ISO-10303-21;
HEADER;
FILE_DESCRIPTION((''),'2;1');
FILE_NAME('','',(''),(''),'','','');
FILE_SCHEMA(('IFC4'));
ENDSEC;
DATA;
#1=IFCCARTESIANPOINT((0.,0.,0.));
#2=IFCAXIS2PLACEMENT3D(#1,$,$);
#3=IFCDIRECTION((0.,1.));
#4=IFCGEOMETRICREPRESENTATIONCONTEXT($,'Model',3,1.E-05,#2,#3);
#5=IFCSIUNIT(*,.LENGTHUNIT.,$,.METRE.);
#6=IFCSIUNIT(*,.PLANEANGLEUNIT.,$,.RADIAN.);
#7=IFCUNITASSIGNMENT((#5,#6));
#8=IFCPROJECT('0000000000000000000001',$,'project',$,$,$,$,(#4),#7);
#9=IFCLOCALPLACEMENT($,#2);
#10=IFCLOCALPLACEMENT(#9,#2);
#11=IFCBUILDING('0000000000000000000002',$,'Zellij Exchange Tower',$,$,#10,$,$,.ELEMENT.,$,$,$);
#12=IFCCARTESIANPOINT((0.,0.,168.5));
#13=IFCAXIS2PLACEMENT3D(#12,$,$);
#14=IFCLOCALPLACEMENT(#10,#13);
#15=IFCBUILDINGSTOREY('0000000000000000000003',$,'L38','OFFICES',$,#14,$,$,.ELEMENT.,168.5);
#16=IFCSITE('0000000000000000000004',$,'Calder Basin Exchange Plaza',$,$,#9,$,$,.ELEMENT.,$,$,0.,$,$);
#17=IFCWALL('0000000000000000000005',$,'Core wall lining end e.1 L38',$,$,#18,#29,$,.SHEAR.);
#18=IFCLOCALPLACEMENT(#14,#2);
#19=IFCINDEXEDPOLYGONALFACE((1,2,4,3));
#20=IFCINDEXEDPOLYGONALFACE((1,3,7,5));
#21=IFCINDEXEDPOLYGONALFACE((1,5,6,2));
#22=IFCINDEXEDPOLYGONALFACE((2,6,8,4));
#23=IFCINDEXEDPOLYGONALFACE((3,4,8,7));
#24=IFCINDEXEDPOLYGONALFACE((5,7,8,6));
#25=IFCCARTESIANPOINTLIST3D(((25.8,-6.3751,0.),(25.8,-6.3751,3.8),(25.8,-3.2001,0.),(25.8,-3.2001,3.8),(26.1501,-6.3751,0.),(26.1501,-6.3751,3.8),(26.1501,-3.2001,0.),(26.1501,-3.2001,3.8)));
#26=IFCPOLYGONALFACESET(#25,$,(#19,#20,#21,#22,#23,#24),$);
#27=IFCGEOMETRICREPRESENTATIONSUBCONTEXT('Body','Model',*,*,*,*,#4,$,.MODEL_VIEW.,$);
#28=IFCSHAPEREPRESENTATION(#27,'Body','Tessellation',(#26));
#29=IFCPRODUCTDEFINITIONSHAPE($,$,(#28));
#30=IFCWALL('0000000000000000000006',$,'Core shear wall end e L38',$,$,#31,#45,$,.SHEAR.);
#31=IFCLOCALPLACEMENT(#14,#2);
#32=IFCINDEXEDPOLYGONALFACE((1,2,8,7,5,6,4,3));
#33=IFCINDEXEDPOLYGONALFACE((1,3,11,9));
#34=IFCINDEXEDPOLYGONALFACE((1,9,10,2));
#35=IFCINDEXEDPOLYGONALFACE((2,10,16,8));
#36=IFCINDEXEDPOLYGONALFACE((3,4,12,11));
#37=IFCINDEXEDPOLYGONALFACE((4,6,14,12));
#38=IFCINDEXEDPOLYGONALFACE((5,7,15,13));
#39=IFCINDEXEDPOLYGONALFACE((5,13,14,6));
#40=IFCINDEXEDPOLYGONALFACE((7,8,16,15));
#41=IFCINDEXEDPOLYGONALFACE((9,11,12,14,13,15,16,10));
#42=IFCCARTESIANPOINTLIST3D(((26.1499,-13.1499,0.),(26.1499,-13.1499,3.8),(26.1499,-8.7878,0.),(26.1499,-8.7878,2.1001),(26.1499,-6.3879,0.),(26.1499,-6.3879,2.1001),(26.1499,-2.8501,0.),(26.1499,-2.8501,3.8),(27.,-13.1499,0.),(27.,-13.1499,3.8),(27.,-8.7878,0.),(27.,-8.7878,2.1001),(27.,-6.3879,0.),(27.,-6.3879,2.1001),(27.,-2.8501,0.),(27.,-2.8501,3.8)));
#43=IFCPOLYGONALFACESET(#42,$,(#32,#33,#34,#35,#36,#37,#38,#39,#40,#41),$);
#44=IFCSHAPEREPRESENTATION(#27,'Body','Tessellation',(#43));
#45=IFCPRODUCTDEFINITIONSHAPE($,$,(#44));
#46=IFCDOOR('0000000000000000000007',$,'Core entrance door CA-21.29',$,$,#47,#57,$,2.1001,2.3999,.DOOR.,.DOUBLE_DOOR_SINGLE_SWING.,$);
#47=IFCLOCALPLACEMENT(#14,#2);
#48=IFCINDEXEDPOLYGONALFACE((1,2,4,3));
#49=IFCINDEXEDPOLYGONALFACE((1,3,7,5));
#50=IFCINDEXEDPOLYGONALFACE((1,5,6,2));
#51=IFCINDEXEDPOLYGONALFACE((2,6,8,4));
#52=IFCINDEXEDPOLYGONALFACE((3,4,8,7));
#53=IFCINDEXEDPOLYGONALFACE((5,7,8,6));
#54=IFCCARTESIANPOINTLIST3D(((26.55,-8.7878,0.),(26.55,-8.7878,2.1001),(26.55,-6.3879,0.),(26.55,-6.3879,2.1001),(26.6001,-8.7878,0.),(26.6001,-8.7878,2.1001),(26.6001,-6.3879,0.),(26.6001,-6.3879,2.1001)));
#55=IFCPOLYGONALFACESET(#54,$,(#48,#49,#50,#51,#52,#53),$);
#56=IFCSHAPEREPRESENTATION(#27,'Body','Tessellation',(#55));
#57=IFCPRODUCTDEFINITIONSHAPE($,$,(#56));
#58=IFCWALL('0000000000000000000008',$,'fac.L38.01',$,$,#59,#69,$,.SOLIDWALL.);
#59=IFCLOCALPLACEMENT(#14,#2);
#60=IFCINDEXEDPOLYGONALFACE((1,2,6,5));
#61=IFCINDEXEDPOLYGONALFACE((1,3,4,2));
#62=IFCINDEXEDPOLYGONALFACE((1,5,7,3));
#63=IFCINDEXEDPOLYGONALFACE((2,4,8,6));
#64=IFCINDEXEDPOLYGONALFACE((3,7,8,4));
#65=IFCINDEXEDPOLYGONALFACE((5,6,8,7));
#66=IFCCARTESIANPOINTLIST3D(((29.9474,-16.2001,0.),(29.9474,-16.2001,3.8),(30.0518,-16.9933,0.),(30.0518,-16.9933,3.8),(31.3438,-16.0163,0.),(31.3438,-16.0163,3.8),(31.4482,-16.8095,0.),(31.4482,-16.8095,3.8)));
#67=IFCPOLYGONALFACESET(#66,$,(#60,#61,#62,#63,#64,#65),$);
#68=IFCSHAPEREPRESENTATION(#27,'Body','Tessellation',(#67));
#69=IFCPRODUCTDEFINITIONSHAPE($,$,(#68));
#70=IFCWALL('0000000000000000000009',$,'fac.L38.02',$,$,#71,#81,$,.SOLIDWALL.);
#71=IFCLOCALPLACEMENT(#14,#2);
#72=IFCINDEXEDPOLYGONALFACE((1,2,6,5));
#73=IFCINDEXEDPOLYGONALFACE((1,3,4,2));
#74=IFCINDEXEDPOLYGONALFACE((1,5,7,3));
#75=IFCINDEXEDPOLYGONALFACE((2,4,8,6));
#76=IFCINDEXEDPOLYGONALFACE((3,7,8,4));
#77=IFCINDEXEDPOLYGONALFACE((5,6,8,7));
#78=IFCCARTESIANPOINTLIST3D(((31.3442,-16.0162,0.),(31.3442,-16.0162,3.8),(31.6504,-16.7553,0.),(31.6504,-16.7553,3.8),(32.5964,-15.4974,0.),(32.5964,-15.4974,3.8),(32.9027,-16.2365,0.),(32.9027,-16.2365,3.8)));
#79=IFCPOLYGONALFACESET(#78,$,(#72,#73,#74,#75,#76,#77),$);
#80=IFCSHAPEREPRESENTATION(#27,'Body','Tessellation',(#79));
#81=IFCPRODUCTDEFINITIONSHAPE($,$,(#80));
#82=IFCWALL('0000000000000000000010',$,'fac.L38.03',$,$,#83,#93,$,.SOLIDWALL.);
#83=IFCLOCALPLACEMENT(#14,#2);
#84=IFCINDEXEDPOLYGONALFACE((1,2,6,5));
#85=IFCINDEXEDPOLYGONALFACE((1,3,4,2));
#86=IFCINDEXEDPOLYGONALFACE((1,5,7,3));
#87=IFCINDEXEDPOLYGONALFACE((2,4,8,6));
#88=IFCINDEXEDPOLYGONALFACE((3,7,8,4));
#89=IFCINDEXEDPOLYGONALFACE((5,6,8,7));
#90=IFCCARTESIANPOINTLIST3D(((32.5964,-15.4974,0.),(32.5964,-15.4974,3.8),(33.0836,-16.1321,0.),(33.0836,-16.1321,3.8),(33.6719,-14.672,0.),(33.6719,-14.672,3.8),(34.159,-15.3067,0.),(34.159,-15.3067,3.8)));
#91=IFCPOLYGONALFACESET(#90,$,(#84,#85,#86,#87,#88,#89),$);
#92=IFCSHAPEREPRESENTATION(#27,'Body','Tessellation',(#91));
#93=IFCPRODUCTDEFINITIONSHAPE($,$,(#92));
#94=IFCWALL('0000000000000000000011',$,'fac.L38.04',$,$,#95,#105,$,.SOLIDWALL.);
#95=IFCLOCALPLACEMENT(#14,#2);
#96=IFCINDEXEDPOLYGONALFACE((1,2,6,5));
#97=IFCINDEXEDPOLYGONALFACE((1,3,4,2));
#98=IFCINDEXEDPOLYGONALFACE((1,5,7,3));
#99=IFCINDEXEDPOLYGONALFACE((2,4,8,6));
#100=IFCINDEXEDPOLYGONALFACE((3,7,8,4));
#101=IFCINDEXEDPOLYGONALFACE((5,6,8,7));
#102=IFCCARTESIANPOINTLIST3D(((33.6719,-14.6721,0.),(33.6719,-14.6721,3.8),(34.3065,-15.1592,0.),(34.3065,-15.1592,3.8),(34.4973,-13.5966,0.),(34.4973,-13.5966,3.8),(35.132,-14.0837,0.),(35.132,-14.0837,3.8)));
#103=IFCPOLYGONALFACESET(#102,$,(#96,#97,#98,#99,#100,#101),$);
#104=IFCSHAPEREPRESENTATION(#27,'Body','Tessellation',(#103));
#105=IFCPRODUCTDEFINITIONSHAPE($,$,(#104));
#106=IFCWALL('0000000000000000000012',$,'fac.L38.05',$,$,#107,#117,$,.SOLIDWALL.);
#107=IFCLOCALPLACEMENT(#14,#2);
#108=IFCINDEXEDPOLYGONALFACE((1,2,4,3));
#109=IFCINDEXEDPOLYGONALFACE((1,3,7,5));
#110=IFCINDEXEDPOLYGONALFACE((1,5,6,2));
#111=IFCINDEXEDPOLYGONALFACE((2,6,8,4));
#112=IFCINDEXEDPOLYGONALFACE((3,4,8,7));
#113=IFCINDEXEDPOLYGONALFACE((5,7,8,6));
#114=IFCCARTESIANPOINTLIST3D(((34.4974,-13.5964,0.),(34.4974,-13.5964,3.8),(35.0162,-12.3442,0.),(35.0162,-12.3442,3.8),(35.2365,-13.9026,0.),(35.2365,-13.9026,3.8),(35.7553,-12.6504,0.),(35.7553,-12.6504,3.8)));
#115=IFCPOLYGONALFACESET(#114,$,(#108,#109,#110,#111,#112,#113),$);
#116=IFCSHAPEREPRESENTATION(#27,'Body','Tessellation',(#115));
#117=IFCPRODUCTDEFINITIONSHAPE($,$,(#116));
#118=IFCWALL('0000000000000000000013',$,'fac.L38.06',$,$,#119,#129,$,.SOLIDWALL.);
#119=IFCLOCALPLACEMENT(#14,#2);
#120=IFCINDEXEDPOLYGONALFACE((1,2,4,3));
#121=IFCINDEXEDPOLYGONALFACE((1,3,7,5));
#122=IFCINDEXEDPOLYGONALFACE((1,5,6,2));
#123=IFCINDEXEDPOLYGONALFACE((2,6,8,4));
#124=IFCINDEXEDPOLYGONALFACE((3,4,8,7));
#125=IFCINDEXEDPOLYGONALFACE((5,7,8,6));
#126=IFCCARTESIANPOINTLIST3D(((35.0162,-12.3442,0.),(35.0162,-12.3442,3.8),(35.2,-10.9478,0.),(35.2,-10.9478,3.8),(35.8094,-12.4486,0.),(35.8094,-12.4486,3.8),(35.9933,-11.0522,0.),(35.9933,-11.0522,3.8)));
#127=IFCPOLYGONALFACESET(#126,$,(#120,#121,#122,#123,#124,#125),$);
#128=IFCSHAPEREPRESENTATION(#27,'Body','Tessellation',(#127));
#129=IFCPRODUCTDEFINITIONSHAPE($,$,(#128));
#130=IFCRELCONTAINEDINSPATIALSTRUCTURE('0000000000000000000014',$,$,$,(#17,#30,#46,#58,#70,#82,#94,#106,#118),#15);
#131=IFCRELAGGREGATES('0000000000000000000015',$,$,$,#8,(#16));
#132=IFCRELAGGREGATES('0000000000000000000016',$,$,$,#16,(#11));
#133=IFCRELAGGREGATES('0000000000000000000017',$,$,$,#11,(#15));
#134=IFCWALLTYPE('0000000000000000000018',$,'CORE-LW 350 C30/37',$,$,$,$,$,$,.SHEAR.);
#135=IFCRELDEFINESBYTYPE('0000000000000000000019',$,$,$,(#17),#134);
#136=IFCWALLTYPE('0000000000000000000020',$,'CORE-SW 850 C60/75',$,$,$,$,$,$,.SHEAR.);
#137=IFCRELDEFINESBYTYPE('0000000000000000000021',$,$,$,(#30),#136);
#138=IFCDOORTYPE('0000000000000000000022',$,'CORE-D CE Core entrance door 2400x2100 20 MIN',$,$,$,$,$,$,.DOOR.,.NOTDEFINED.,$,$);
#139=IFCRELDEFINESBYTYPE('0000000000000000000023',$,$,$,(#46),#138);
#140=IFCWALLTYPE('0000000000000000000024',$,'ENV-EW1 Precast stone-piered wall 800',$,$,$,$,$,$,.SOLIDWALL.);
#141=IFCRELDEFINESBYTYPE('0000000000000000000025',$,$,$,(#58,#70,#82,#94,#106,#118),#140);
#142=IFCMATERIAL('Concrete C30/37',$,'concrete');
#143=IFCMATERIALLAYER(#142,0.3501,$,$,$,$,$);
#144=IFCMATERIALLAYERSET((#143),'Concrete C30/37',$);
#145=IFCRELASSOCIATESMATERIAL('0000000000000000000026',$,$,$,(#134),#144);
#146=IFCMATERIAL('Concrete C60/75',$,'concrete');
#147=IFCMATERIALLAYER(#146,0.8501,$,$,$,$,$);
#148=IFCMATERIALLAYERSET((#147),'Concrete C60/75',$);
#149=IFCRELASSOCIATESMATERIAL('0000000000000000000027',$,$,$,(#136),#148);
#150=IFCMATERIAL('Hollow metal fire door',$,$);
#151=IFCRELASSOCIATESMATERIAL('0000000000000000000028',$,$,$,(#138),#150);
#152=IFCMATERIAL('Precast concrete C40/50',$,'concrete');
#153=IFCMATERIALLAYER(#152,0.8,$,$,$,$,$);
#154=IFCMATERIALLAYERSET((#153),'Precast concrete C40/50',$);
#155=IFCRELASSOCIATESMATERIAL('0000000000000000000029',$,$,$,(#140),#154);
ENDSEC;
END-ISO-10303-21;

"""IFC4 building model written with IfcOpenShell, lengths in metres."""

from ifc_helpers import new_model, si_unit, direction, frame, frame_2d, origin, place, context, subcontext, project, spatial, rectangle, extrude, material, layer, layer_set, type_object, element, fill, save


model = new_model("IFC4")

# Units and contexts
model_context = context("Model", 3, precision=1e-05, world=origin(), true_north=direction((0.0, 1.0)))
body_context = subcontext(model_context, "Body", "Model", "MODEL_VIEW")
ifc_project = project(units=[si_unit("LENGTHUNIT", "METRE"), si_unit("PLANEANGLEUNIT", "RADIAN")], contexts=[model_context])

# Site, building, storey
site_placement = place(None, origin())
site = spatial("IfcSite", under=ifc_project, at=site_placement, Name="Calder Basin Exchange Plaza", CompositionType="ELEMENT", RefElevation=0.0)
building_placement = place(site_placement, origin())
building = spatial("IfcBuilding", under=site, at=building_placement, Name="Zellij Exchange Tower", CompositionType="ELEMENT")
storey_placement = place(building_placement, frame((0.0, 0.0, 168.5)))
storey = spatial("IfcBuildingStorey", under=building, at=storey_placement, Name="L38", Description="OFFICES", CompositionType="ELEMENT", Elevation=168.5)

# Shared definitions
ifc_material_1 = material(Name="Concrete C60/75", Category="concrete")

# Wall
ifc_material_2 = material(Name="Concrete C30/37", Category="concrete")
ifc_layer_1 = layer(ifc_material_2, 0.3501)
ifc_layer_set_1 = layer_set([ifc_layer_1], Name="Concrete C30/37")
wall_type_1 = type_object("IfcWallType", Name="CORE-LW 350 C30/37", PredefinedType="SHEAR", material=ifc_layer_set_1)
wall_1_placement = place(storey_placement, frame((25.9751, -6.375, 0.0), z_axis=(0.0, 0.0, 1.0), x_axis=(0.0, 1.0, 0.0)))
element("IfcWall", 1, at=wall_1_placement, inside=storey, type_object=wall_type_1, Name="Core wall lining end e.1 L38", PredefinedType="SHEAR", context=body_context, shape_type="SweptSolid", body=[
    extrude(rectangle(XDim=3.175, YDim=0.3501, at=frame_2d((1.5874, 0.0))), origin(), (0.0, 0.0, 1.0), 3.8),
])

# Wall, opening, door
ifc_layer_2 = layer(ifc_material_1, 0.8501)
ifc_layer_set_2 = layer_set([ifc_layer_2], Name="Concrete C60/75")
wall_type_2 = type_object("IfcWallType", Name="CORE-SW 850 C60/75", PredefinedType="SHEAR", material=ifc_layer_set_2)
wall_2_placement = place(storey_placement, frame((26.575, -13.1499, 0.0), z_axis=(0.0, 0.0, 1.0), x_axis=(0.0, 1.0, 0.0)))
wall_2 = element("IfcWall", 2, at=wall_2_placement, inside=storey, type_object=wall_type_2, Name="Core shear wall end e L38", PredefinedType="SHEAR", context=body_context, shape_type="SweptSolid", body=[
    extrude(rectangle(XDim=10.2998, YDim=0.8501, at=frame_2d((5.1499, 0.0))), origin(), (0.0, 0.0, 1.0), 3.8),
])
opening_1_placement = place(wall_2_placement, frame((4.3621, 0.0, 0.0)))
opening_1 = element("IfcOpeningElement", 3, at=opening_1_placement, cuts=wall_2, PredefinedType="OPENING", context=body_context, shape_type="SweptSolid", body=[
    extrude(rectangle(XDim=2.3999, YDim=2.1001, at=frame_2d((1.2, 1.05))), frame((0.0, 0.437, 0.0), z_axis=(0.0, -1.0, 0.0), x_axis=(1.0, 0.0, 0.0)), (0.0, 0.0, 1.0), 0.874),
])
ifc_material_3 = material(Name="Hollow metal fire door")
door_type_1 = type_object("IfcDoorType", Name="CORE-D CE Core entrance door 2400x2100 20 MIN", OperationType="NOTDEFINED", PredefinedType="DOOR", material=ifc_material_3)
door_1_placement = place(opening_1_placement, origin())
door_1 = element("IfcDoor", 4, at=door_1_placement, inside=storey, type_object=door_type_1, Name="Core entrance door CA-21.29", OperationType="DOUBLE_DOOR_SINGLE_SWING", OverallHeight=2.1001, OverallWidth=2.3999, PredefinedType="DOOR", context=body_context, shape_type="SweptSolid", body=[
    extrude(rectangle(XDim=2.3999, YDim=2.1001, at=frame_2d((1.2, 1.05))), frame((0.0, 0.0249, 0.0), z_axis=(0.0, -1.0, 0.0), x_axis=(1.0, 0.0, 0.0)), (0.0, 0.0, 1.0), 0.05),
])
fill(opening_1, door_1)

# Walls
ifc_material_4 = material(Name="Precast concrete C40/50", Category="concrete")
ifc_layer_3 = layer(ifc_material_4, 0.8)
ifc_layer_set_3 = layer_set([ifc_layer_3], Name="Precast concrete C40/50")
wall_type_3 = type_object("IfcWallType", Name="ENV-EW1 Precast stone-piered wall 800", PredefinedType="SOLIDWALL", material=ifc_layer_set_3)
wall_3_placement = place(storey_placement, frame((29.9998, -16.5967, 0.0), z_axis=(0.0, 0.0, 1.0), x_axis=(0.991446, 0.130517, 0.0)))
element("IfcWall", 5, at=wall_3_placement, inside=storey, type_object=wall_type_3, Name="fac.L38.01", PredefinedType="SOLIDWALL", context=body_context, shape_type="SweptSolid", body=[
    extrude(rectangle(XDim=1.4084, YDim=0.8, at=frame_2d((0.7041, 0.0))), origin(), (0.0, 0.0, 1.0), 3.8),
])
wall_4_placement = place(storey_placement, frame((31.4973, -16.3857, 0.0), z_axis=(0.0, 0.0, 1.0), x_axis=(0.923848, 0.38276, 0.0)))
element("IfcWall", 6, at=wall_4_placement, inside=storey, type_object=wall_type_3, Name="fac.L38.02", PredefinedType="SOLIDWALL", context=body_context, shape_type="SweptSolid", body=[
    extrude(rectangle(XDim=1.3555, YDim=0.8, at=frame_2d((0.6777, 0.0))), origin(), (0.0, 0.0, 1.0), 3.8),
])
for number, where, z_axis, x_axis, name in (
    (7, (32.8401, -15.8147, 0.0), (0.0, 0.0, 1.0), (0.793273, 0.608866, 0.0), "fac.L38.03"),
    (8, (33.9893, -14.9155, 0.0), (0.0, 0.0, 1.0), (0.608866, 0.793273, 0.0), "fac.L38.04"),
):
    element("IfcWall", number, at=place(storey_placement, frame(where, z_axis=z_axis, x_axis=x_axis)), inside=storey, type_object=wall_type_3, Name=name, PredefinedType="SOLIDWALL", context=body_context, shape_type="SweptSolid", body=[
        extrude(rectangle(XDim=1.3557, YDim=0.8, at=frame_2d((0.6777, 0.0))), origin(), (0.0, 0.0, 1.0), 3.8),
    ])
wall_5_placement = place(storey_placement, frame((34.8669, -13.7495, 0.0), z_axis=(0.0, 0.0, 1.0), x_axis=(0.38276, 0.923848, 0.0)))
element("IfcWall", 9, at=wall_5_placement, inside=storey, type_object=wall_type_3, Name="fac.L38.05", PredefinedType="SOLIDWALL", context=body_context, shape_type="SweptSolid", body=[
    extrude(rectangle(XDim=1.3555, YDim=0.8, at=frame_2d((0.6777, 0.0))), origin(), (0.0, 0.0, 1.0), 3.8),
])
wall_6_placement = place(storey_placement, frame((35.4128, -12.3962, 0.0), z_axis=(0.0, 0.0, 1.0), x_axis=(0.130517, 0.991446, 0.0)))
element("IfcWall", 10, at=wall_6_placement, inside=storey, type_object=wall_type_3, Name="fac.L38.06", PredefinedType="SOLIDWALL", context=body_context, shape_type="SweptSolid", body=[
    extrude(rectangle(XDim=1.4084, YDim=0.8, at=frame_2d((0.7041, 0.0))), origin(), (0.0, 0.0, 1.0), 3.8),
])

save(model, "model.ifc")
